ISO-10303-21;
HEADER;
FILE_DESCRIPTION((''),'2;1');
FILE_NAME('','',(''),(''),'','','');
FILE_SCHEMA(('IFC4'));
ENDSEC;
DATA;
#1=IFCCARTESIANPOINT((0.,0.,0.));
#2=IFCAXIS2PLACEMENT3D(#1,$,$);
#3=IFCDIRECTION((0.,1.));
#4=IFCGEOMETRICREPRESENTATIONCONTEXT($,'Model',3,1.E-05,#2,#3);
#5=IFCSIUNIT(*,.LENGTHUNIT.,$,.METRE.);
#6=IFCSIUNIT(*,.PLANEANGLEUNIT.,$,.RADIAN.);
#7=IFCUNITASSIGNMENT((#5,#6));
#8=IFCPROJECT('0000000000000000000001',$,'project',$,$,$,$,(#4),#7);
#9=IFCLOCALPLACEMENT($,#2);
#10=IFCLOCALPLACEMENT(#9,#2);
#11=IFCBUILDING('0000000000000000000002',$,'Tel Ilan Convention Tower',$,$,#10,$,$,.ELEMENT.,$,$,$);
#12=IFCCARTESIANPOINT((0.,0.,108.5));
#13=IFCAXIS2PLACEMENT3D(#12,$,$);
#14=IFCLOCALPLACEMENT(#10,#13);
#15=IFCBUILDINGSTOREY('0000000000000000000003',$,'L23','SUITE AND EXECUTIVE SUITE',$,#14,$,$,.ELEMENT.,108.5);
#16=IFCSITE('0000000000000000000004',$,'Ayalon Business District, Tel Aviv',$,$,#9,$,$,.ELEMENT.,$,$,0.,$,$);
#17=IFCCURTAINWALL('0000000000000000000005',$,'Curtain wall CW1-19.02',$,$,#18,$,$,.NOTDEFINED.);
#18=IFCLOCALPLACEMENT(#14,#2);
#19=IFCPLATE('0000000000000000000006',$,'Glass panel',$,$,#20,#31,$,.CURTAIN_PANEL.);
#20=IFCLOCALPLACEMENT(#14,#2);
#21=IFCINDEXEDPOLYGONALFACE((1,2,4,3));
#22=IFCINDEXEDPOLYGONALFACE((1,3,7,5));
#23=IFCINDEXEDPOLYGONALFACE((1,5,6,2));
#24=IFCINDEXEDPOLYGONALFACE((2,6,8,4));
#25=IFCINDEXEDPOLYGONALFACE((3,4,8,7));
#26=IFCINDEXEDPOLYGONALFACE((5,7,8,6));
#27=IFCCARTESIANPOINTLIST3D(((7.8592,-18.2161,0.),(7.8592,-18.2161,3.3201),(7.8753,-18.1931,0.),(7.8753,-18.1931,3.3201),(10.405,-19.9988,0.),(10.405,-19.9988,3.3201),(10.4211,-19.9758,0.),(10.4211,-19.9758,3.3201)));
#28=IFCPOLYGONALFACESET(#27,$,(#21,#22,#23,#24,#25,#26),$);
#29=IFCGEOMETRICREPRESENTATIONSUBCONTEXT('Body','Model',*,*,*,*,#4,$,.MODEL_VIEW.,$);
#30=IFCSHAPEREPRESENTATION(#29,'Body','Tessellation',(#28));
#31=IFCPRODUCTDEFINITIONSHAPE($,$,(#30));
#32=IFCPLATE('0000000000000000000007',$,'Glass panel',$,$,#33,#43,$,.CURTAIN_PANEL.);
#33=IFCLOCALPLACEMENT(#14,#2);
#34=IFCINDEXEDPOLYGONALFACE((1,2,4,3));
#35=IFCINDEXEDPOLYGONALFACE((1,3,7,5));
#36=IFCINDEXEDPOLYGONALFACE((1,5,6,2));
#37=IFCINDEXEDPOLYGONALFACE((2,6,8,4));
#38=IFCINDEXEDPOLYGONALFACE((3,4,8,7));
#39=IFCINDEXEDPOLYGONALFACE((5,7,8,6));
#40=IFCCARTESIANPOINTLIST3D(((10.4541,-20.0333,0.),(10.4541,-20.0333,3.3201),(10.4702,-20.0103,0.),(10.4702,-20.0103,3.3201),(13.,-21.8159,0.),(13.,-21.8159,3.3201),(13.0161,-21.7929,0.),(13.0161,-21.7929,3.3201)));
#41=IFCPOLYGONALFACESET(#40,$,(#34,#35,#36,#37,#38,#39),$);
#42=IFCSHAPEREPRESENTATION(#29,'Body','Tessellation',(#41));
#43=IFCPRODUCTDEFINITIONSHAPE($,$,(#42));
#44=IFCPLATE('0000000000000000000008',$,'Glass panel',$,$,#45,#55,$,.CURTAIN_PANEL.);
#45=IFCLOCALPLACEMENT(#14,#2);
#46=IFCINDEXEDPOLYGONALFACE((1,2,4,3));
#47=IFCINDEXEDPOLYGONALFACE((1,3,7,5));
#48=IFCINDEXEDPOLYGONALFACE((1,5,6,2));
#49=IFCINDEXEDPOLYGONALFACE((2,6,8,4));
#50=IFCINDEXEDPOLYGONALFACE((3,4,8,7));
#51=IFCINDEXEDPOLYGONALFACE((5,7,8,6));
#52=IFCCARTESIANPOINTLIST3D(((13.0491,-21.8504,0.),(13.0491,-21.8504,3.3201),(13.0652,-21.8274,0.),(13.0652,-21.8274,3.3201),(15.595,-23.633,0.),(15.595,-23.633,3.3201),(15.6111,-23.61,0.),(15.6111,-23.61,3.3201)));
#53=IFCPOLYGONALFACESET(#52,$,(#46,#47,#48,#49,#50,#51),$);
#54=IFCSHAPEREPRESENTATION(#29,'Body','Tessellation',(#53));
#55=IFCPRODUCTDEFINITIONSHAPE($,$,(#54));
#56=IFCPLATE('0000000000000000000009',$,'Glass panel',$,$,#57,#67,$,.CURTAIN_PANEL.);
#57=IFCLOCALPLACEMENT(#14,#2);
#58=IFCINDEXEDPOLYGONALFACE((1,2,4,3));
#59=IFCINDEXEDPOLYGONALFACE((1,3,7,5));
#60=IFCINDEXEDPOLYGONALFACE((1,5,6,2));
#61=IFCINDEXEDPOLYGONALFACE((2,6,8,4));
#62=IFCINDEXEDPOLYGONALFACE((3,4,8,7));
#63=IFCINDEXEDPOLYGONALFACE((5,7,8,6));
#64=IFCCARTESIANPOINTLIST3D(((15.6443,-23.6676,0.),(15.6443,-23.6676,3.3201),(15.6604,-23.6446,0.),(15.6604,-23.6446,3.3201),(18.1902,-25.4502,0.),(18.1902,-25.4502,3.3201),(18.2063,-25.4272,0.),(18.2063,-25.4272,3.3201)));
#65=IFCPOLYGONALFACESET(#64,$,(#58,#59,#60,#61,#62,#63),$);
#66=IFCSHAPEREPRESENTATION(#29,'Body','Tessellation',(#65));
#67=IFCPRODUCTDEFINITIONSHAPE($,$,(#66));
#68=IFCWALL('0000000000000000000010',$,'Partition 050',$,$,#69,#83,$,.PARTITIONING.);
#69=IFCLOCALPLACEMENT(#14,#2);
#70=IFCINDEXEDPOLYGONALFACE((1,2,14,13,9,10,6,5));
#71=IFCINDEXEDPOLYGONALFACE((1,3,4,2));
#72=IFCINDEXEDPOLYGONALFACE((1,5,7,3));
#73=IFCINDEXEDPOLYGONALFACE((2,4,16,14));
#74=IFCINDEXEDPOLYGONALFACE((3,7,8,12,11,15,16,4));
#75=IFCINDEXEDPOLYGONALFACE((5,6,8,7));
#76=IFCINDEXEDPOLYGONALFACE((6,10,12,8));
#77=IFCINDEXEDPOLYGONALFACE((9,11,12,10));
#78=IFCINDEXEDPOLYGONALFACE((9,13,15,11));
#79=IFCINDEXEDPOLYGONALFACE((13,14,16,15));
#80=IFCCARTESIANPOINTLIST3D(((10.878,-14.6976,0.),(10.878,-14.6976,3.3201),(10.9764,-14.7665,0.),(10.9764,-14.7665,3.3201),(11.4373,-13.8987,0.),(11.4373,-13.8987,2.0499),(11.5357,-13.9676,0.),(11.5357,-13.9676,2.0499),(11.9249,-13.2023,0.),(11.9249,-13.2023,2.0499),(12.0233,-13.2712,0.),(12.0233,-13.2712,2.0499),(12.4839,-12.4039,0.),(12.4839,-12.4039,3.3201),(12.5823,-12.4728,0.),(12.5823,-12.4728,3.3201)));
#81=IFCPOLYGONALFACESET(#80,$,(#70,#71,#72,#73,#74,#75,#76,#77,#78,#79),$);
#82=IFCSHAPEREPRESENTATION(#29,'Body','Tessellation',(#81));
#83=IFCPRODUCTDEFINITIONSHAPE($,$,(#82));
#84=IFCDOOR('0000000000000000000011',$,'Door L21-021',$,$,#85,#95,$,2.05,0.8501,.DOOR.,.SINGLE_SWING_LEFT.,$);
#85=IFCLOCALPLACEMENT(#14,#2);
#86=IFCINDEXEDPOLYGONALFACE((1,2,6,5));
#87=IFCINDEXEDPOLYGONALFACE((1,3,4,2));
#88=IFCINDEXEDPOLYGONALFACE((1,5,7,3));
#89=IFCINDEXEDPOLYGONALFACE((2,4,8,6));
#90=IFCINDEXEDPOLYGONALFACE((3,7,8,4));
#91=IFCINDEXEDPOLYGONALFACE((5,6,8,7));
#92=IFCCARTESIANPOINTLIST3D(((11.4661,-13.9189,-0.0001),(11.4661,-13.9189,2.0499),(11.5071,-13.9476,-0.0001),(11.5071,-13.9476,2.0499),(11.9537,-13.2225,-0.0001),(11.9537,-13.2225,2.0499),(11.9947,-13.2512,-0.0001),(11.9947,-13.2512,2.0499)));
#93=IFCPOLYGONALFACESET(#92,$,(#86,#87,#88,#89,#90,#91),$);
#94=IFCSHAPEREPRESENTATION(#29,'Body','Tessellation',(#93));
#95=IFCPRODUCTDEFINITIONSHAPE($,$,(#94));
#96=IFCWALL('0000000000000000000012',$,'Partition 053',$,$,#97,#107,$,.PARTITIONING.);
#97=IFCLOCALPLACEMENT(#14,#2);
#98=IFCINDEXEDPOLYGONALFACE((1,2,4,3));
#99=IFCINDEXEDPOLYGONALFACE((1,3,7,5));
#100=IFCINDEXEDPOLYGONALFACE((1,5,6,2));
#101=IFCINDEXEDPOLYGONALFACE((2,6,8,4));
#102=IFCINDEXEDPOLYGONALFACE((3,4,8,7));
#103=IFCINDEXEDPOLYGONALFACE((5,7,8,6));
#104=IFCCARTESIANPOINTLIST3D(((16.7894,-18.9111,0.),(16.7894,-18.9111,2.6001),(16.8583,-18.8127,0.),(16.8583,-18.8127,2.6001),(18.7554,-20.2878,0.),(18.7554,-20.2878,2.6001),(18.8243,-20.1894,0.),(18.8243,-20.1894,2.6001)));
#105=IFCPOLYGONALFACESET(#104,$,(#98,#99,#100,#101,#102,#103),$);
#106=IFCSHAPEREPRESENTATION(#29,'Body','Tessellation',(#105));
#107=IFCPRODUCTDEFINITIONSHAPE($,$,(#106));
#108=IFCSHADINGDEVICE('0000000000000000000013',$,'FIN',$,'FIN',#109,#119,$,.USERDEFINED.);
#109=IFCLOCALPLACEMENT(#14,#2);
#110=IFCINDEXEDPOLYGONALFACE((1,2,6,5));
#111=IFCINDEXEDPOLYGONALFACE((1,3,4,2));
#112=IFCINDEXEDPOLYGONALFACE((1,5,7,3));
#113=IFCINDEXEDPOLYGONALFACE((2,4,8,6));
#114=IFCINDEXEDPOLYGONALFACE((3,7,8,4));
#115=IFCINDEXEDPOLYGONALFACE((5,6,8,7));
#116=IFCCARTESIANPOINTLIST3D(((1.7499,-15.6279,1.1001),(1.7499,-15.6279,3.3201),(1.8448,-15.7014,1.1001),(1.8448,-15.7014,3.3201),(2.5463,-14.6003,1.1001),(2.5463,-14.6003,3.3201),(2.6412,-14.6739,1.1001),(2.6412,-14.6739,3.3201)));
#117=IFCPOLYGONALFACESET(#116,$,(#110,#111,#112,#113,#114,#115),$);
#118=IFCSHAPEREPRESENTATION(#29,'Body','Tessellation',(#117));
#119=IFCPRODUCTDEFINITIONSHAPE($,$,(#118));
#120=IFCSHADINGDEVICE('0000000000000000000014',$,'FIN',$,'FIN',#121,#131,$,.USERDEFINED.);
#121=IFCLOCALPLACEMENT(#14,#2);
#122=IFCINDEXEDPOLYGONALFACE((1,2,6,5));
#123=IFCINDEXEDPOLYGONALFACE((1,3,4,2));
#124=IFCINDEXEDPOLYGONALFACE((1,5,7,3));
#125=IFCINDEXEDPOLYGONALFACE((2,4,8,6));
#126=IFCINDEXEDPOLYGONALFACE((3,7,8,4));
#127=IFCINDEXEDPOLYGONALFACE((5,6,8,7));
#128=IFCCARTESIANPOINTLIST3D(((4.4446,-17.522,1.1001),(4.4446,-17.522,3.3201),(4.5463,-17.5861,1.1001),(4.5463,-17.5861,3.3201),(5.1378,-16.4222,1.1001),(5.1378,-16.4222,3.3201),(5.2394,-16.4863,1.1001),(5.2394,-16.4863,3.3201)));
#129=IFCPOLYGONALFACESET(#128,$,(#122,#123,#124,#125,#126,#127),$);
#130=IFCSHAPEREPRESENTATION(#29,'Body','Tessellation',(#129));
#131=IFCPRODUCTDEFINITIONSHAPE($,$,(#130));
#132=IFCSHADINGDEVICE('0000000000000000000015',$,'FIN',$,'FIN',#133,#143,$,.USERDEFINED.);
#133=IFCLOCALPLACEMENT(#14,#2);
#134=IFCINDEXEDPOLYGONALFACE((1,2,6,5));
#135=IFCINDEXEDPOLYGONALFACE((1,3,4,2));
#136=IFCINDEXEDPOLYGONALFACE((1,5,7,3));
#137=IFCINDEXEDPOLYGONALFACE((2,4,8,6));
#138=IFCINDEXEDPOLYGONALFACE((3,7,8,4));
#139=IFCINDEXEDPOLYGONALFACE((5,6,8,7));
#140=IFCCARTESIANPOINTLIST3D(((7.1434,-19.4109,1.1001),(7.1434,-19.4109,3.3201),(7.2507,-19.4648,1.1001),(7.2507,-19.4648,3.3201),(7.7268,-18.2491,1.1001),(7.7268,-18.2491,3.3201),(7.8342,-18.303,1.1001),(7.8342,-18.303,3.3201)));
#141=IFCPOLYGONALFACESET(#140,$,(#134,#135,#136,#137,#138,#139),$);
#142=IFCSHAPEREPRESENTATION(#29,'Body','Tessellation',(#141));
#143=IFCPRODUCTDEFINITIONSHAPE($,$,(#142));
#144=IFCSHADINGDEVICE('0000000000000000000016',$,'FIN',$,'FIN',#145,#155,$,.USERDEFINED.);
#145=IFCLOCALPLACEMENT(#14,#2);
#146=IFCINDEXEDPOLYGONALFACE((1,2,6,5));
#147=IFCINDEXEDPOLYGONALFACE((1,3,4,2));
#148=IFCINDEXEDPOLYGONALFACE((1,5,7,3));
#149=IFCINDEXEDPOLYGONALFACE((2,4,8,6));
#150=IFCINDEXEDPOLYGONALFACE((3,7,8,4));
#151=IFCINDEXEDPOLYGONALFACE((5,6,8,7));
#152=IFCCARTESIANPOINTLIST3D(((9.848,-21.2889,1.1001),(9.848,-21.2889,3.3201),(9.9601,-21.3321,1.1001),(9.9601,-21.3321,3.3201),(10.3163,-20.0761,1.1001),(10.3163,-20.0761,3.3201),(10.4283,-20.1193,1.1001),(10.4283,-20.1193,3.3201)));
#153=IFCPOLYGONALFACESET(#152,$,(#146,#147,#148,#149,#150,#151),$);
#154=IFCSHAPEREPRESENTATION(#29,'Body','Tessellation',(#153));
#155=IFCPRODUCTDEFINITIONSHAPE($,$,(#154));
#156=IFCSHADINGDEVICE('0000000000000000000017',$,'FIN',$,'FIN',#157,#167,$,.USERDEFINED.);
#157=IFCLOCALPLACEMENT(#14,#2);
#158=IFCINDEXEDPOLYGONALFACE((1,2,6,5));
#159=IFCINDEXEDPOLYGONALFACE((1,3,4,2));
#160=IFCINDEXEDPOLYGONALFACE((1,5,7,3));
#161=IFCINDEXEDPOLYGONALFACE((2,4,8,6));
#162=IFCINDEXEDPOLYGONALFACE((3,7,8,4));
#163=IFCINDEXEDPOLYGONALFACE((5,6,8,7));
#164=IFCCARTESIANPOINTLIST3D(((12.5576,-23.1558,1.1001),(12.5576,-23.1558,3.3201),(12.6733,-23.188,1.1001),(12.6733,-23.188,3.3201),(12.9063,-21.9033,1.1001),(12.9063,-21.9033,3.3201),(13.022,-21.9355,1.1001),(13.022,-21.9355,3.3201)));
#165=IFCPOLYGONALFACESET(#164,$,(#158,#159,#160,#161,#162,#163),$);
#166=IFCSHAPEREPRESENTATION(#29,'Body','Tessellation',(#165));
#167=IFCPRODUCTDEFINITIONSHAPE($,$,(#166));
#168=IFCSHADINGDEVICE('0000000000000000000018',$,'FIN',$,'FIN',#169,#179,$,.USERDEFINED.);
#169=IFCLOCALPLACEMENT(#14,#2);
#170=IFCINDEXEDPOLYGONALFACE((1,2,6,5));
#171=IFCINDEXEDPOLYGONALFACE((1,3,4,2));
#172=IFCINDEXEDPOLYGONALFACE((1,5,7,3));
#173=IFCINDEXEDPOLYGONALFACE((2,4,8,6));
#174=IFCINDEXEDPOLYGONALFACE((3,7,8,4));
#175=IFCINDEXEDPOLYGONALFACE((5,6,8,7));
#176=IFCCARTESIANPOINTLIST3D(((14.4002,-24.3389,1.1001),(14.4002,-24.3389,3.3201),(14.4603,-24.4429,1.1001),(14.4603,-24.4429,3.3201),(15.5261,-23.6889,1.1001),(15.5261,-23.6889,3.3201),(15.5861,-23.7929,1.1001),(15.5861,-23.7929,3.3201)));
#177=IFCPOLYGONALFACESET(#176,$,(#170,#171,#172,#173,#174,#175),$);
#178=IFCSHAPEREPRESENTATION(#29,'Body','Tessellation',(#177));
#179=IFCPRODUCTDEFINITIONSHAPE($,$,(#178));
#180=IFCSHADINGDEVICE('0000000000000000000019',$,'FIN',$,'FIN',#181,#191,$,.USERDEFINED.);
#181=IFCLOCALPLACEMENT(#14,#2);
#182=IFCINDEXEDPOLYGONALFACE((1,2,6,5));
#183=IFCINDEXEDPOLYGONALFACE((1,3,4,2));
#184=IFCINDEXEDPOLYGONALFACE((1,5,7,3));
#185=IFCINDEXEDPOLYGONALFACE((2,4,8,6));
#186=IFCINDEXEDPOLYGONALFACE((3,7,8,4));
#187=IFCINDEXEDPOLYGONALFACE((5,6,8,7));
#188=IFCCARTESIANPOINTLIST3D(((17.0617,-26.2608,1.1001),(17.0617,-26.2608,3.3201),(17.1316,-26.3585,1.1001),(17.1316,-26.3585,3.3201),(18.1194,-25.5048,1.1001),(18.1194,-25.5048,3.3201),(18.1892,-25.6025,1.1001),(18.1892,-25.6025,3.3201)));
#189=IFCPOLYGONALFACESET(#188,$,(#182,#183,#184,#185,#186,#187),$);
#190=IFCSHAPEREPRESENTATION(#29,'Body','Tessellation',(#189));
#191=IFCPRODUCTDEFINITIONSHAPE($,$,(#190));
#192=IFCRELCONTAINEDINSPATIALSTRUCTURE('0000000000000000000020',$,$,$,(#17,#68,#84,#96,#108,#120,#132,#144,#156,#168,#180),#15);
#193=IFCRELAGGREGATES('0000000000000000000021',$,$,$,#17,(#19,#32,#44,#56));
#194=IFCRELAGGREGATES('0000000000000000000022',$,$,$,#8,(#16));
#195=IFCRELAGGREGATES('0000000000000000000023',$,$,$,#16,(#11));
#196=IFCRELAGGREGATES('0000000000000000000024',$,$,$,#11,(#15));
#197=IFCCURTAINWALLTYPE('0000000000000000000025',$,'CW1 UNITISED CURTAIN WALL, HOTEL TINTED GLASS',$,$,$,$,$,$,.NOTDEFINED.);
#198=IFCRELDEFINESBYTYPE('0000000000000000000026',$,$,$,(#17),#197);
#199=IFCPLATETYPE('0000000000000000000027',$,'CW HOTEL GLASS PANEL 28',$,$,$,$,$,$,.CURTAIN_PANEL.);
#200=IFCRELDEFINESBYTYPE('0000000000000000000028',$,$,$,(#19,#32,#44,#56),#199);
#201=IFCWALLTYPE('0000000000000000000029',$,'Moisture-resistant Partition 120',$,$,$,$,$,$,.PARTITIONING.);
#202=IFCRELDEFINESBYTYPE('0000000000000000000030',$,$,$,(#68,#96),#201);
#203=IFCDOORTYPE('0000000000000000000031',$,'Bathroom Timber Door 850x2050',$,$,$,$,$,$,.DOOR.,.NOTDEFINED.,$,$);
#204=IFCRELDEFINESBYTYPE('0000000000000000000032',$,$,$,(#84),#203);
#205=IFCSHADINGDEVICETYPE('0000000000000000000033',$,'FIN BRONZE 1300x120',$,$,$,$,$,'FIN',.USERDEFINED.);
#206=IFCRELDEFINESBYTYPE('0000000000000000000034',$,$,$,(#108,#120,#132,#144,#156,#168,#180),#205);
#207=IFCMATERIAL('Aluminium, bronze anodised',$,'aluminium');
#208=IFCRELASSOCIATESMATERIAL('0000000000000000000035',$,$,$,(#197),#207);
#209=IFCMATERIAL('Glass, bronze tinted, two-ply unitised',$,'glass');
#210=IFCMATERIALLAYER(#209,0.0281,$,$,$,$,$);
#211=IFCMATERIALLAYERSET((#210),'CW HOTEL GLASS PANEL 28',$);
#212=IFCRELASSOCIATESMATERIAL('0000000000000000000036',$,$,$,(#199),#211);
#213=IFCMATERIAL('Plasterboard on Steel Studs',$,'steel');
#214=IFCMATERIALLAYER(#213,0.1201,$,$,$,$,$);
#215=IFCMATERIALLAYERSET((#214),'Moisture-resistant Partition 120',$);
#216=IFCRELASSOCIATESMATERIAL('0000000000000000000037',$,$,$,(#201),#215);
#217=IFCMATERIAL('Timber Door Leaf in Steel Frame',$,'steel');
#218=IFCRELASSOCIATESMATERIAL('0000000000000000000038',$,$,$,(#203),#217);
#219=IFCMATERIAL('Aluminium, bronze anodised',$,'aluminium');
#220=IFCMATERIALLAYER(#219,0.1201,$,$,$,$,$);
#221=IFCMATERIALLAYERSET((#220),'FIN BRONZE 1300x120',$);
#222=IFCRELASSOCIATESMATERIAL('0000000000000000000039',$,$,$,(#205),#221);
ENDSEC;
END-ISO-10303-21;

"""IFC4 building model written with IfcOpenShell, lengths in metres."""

from ifc_helpers import new_model, si_unit, direction, frame, frame_2d, origin, origin_2d, place, context, subcontext, project, spatial, rectangle, extrude, material, layer, layer_set, type_object, element, fill, aggregate, save


model = new_model("IFC4")

# Units and contexts
model_context = context("Model", 3, precision=1e-05, world=origin(), true_north=direction((0.0, 1.0)))
body_context = subcontext(model_context, "Body", "Model", "MODEL_VIEW")
ifc_project = project(units=[si_unit("LENGTHUNIT", "METRE"), si_unit("PLANEANGLEUNIT", "RADIAN")], contexts=[model_context])

# Site, building, storey
site_placement = place(None, origin())
site = spatial("IfcSite", under=ifc_project, at=site_placement, Name="Ayalon Business District, Tel Aviv", CompositionType="ELEMENT", RefElevation=0.0)
building_placement = place(site_placement, origin())
building = spatial("IfcBuilding", under=site, at=building_placement, Name="Tel Ilan Convention Tower", CompositionType="ELEMENT")
storey_placement = place(building_placement, frame((0.0, 0.0, 108.5)))
storey = spatial("IfcBuildingStorey", under=building, at=storey_placement, Name="L23", Description="SUITE AND EXECUTIVE SUITE", CompositionType="ELEMENT", Elevation=108.5)

# Curtain wall, plates
ifc_material_1 = material(Name="Aluminium, bronze anodised", Category="aluminium")
curtain_wall_type = type_object("IfcCurtainWallType", Name="CW1 UNITISED CURTAIN WALL, HOTEL TINTED GLASS", PredefinedType="NOTDEFINED", material=ifc_material_1)
curtain_wall_placement = place(storey_placement, origin())
curtain_wall = element("IfcCurtainWall", 1, at=curtain_wall_placement, inside=storey, type_object=curtain_wall_type, Name="Curtain wall CW1-19.02", PredefinedType="NOTDEFINED")
ifc_material_2 = material(Name="Glass, bronze tinted, two-ply unitised", Category="glass")
ifc_layer_1 = layer(ifc_material_2, 0.0281)
ifc_layer_set_1 = layer_set([ifc_layer_1], Name="CW HOTEL GLASS PANEL 28")
plate_type = type_object("IfcPlateType", Name="CW HOTEL GLASS PANEL 28", PredefinedType="CURTAIN_PANEL", material=ifc_layer_set_1)
plate_1_placement = place(storey_placement, frame((9.1401, -19.0959, 0.0), z_axis=(0.0, 0.0, 1.0), x_axis=(0.819152, -0.573576, 0.0)))
plate_1 = element("IfcPlate", 2, at=plate_1_placement, type_object=plate_type, Name="Glass panel", PredefinedType="CURTAIN_PANEL", context=body_context, shape_type="SweptSolid", body=[
    extrude(rectangle(XDim=3.1079, YDim=0.0281, at=origin_2d()), origin(), (0.0, 0.0, 1.0), 3.3201),
])
plate_2_placement = place(storey_placement, frame((11.7351, -20.9131, 0.0), z_axis=(0.0, 0.0, 1.0), x_axis=(0.819152, -0.573576, 0.0)))
plate_2 = element("IfcPlate", 3, at=plate_2_placement, type_object=plate_type, Name="Glass panel", PredefinedType="CURTAIN_PANEL", context=body_context, shape_type="SweptSolid", body=[
    extrude(rectangle(XDim=3.1079, YDim=0.0281, at=origin_2d()), origin(), (0.0, 0.0, 1.0), 3.3201),
])
plate_3_placement = place(storey_placement, frame((14.3301, -22.7302, 0.0), z_axis=(0.0, 0.0, 1.0), x_axis=(0.819152, -0.573576, 0.0)))
plate_3 = element("IfcPlate", 4, at=plate_3_placement, type_object=plate_type, Name="Glass panel", PredefinedType="CURTAIN_PANEL", context=body_context, shape_type="SweptSolid", body=[
    extrude(rectangle(XDim=3.1079, YDim=0.0281, at=origin_2d()), origin(), (0.0, 0.0, 1.0), 3.3201),
])
plate_4_placement = place(storey_placement, frame((16.9253, -24.5474, 0.0), z_axis=(0.0, 0.0, 1.0), x_axis=(0.819152, -0.573576, 0.0)))
plate_4 = element("IfcPlate", 5, at=plate_4_placement, type_object=plate_type, Name="Glass panel", PredefinedType="CURTAIN_PANEL", context=body_context, shape_type="SweptSolid", body=[
    extrude(rectangle(XDim=3.1079, YDim=0.0281, at=origin_2d()), origin(), (0.0, 0.0, 1.0), 3.3201),
])
aggregate(curtain_wall, [plate_1, plate_2, plate_3, plate_4])

# Wall, opening, door
ifc_material_3 = material(Name="Plasterboard on Steel Studs", Category="steel")
ifc_layer_2 = layer(ifc_material_3, 0.1201)
ifc_layer_set_2 = layer_set([ifc_layer_2], Name="Moisture-resistant Partition 120")
wall_type = type_object("IfcWallType", Name="Moisture-resistant Partition 120", PredefinedType="PARTITIONING", material=ifc_layer_set_2)
wall_1_placement = place(storey_placement, frame((10.9272, -14.7319, 0.0), z_axis=(0.0, 0.0, 1.0), x_axis=(0.57355, 0.81917, 0.0)))
wall_1 = element("IfcWall", 6, at=wall_1_placement, inside=storey, type_object=wall_type, Name="Partition 050", PredefinedType="PARTITIONING", context=body_context, shape_type="SweptSolid", body=[
    extrude(rectangle(XDim=2.8, YDim=0.1201, at=frame_2d((1.3999, 0.0))), origin(), (0.0, 0.0, 1.0), 3.3201),
])
opening_placement = place(wall_1_placement, frame((0.9751, 0.0, 0.0)))
opening = element("IfcOpeningElement", 7, at=opening_placement, cuts=wall_1, PredefinedType="OPENING", context=body_context, shape_type="SweptSolid", body=[
    extrude(rectangle(XDim=0.8501, YDim=2.05, at=frame_2d((0.425, 1.0249))), frame((0.0, 0.0701, 0.0), z_axis=(0.0, -1.0, 0.0), x_axis=(1.0, 0.0, 0.0)), (0.0, 0.0, 1.0), 0.1401),
])
ifc_material_4 = material(Name="Timber Door Leaf in Steel Frame", Category="steel")
door_type = type_object("IfcDoorType", Name="Bathroom Timber Door 850x2050", OperationType="NOTDEFINED", PredefinedType="DOOR", material=ifc_material_4)
door_placement = place(opening_placement, origin())
door = element("IfcDoor", 8, at=door_placement, inside=storey, type_object=door_type, Name="Door L21-021", OperationType="SINGLE_SWING_LEFT", OverallHeight=2.05, OverallWidth=0.8501, PredefinedType="DOOR", context=body_context, shape_type="SweptSolid", body=[
    extrude(rectangle(XDim=0.8501, YDim=2.05, at=frame_2d((0.425, 1.0249))), frame((0.0, 0.0249, 0.0), z_axis=(0.0, -1.0, 0.0), x_axis=(1.0, 0.0, 0.0)), (0.0, 0.0, 1.0), 0.05),
])
fill(opening, door)

# Wall
wall_2_placement = place(storey_placement, frame((16.8237, -18.8618, 0.0), z_axis=(0.0, 0.0, 1.0), x_axis=(0.819141, -0.573592, 0.0)))
element("IfcWall", 9, at=wall_2_placement, inside=storey, type_object=wall_type, Name="Partition 053", PredefinedType="PARTITIONING", context=body_context, shape_type="SweptSolid", body=[
    extrude(rectangle(XDim=2.4001, YDim=0.1201, at=frame_2d((1.2002, 0.0))), origin(), (0.0, 0.0, 1.0), 2.6001),
])

# Shading devices
ifc_material_5 = material(Name="Aluminium, bronze anodised", Category="aluminium")
ifc_layer_3 = layer(ifc_material_5, 0.1201)
ifc_layer_set_3 = layer_set([ifc_layer_3], Name="FIN BRONZE 1300x120")
shading_device_type = type_object("IfcShadingDeviceType", Name="FIN BRONZE 1300x120", ElementType="FIN", PredefinedType="USERDEFINED", material=ifc_layer_set_3)
for number, where, z_axis, x_axis, name in (
    (10, (2.1956, -15.1509, 1.1001), (0.0, 0.0, 1.0), (-0.612601, -0.790393, 0.0), "FIN"),
    (11, (4.842, -17.0042, 1.1001), (0.0, 0.0, 1.0), (-0.533204, -0.845986, 0.0), "FIN"),
    (12, (7.4888, -18.8569, 1.1001), (0.0, 0.0, 1.0), (-0.448799, -0.893633, 0.0), "FIN"),
    (13, (10.1382, -20.7041, 1.1001), (0.0, 0.0, 1.0), (-0.360178, -0.932884, 0.0), "FIN"),
    (14, (12.7898, -22.5457, 1.1001), (0.0, 0.0, 1.0), (-0.268173, -0.963371, 0.0), "FIN"),
    (15, (14.9932, -24.0659, 1.1001), (0.0, 0.0, 1.0), (-0.866025, -0.5, 0.0), "FIN"),
    (16, (17.6255, -25.9316, 1.1001), (0.0, 0.0, 1.0), (-0.813552, -0.581492, 0.0), "FIN"),
):
    element("IfcShadingDevice", number, at=place(storey_placement, frame(where, z_axis=z_axis, x_axis=x_axis)), inside=storey, type_object=shading_device_type, Name=name, ObjectType="FIN", PredefinedType="USERDEFINED", context=body_context, shape_type="SweptSolid", body=[
        extrude(rectangle(XDim=1.3, YDim=0.1201, at=origin_2d()), origin(), (0.0, 0.0, 1.0), 2.22),
    ])

save(model, "model.ifc")
